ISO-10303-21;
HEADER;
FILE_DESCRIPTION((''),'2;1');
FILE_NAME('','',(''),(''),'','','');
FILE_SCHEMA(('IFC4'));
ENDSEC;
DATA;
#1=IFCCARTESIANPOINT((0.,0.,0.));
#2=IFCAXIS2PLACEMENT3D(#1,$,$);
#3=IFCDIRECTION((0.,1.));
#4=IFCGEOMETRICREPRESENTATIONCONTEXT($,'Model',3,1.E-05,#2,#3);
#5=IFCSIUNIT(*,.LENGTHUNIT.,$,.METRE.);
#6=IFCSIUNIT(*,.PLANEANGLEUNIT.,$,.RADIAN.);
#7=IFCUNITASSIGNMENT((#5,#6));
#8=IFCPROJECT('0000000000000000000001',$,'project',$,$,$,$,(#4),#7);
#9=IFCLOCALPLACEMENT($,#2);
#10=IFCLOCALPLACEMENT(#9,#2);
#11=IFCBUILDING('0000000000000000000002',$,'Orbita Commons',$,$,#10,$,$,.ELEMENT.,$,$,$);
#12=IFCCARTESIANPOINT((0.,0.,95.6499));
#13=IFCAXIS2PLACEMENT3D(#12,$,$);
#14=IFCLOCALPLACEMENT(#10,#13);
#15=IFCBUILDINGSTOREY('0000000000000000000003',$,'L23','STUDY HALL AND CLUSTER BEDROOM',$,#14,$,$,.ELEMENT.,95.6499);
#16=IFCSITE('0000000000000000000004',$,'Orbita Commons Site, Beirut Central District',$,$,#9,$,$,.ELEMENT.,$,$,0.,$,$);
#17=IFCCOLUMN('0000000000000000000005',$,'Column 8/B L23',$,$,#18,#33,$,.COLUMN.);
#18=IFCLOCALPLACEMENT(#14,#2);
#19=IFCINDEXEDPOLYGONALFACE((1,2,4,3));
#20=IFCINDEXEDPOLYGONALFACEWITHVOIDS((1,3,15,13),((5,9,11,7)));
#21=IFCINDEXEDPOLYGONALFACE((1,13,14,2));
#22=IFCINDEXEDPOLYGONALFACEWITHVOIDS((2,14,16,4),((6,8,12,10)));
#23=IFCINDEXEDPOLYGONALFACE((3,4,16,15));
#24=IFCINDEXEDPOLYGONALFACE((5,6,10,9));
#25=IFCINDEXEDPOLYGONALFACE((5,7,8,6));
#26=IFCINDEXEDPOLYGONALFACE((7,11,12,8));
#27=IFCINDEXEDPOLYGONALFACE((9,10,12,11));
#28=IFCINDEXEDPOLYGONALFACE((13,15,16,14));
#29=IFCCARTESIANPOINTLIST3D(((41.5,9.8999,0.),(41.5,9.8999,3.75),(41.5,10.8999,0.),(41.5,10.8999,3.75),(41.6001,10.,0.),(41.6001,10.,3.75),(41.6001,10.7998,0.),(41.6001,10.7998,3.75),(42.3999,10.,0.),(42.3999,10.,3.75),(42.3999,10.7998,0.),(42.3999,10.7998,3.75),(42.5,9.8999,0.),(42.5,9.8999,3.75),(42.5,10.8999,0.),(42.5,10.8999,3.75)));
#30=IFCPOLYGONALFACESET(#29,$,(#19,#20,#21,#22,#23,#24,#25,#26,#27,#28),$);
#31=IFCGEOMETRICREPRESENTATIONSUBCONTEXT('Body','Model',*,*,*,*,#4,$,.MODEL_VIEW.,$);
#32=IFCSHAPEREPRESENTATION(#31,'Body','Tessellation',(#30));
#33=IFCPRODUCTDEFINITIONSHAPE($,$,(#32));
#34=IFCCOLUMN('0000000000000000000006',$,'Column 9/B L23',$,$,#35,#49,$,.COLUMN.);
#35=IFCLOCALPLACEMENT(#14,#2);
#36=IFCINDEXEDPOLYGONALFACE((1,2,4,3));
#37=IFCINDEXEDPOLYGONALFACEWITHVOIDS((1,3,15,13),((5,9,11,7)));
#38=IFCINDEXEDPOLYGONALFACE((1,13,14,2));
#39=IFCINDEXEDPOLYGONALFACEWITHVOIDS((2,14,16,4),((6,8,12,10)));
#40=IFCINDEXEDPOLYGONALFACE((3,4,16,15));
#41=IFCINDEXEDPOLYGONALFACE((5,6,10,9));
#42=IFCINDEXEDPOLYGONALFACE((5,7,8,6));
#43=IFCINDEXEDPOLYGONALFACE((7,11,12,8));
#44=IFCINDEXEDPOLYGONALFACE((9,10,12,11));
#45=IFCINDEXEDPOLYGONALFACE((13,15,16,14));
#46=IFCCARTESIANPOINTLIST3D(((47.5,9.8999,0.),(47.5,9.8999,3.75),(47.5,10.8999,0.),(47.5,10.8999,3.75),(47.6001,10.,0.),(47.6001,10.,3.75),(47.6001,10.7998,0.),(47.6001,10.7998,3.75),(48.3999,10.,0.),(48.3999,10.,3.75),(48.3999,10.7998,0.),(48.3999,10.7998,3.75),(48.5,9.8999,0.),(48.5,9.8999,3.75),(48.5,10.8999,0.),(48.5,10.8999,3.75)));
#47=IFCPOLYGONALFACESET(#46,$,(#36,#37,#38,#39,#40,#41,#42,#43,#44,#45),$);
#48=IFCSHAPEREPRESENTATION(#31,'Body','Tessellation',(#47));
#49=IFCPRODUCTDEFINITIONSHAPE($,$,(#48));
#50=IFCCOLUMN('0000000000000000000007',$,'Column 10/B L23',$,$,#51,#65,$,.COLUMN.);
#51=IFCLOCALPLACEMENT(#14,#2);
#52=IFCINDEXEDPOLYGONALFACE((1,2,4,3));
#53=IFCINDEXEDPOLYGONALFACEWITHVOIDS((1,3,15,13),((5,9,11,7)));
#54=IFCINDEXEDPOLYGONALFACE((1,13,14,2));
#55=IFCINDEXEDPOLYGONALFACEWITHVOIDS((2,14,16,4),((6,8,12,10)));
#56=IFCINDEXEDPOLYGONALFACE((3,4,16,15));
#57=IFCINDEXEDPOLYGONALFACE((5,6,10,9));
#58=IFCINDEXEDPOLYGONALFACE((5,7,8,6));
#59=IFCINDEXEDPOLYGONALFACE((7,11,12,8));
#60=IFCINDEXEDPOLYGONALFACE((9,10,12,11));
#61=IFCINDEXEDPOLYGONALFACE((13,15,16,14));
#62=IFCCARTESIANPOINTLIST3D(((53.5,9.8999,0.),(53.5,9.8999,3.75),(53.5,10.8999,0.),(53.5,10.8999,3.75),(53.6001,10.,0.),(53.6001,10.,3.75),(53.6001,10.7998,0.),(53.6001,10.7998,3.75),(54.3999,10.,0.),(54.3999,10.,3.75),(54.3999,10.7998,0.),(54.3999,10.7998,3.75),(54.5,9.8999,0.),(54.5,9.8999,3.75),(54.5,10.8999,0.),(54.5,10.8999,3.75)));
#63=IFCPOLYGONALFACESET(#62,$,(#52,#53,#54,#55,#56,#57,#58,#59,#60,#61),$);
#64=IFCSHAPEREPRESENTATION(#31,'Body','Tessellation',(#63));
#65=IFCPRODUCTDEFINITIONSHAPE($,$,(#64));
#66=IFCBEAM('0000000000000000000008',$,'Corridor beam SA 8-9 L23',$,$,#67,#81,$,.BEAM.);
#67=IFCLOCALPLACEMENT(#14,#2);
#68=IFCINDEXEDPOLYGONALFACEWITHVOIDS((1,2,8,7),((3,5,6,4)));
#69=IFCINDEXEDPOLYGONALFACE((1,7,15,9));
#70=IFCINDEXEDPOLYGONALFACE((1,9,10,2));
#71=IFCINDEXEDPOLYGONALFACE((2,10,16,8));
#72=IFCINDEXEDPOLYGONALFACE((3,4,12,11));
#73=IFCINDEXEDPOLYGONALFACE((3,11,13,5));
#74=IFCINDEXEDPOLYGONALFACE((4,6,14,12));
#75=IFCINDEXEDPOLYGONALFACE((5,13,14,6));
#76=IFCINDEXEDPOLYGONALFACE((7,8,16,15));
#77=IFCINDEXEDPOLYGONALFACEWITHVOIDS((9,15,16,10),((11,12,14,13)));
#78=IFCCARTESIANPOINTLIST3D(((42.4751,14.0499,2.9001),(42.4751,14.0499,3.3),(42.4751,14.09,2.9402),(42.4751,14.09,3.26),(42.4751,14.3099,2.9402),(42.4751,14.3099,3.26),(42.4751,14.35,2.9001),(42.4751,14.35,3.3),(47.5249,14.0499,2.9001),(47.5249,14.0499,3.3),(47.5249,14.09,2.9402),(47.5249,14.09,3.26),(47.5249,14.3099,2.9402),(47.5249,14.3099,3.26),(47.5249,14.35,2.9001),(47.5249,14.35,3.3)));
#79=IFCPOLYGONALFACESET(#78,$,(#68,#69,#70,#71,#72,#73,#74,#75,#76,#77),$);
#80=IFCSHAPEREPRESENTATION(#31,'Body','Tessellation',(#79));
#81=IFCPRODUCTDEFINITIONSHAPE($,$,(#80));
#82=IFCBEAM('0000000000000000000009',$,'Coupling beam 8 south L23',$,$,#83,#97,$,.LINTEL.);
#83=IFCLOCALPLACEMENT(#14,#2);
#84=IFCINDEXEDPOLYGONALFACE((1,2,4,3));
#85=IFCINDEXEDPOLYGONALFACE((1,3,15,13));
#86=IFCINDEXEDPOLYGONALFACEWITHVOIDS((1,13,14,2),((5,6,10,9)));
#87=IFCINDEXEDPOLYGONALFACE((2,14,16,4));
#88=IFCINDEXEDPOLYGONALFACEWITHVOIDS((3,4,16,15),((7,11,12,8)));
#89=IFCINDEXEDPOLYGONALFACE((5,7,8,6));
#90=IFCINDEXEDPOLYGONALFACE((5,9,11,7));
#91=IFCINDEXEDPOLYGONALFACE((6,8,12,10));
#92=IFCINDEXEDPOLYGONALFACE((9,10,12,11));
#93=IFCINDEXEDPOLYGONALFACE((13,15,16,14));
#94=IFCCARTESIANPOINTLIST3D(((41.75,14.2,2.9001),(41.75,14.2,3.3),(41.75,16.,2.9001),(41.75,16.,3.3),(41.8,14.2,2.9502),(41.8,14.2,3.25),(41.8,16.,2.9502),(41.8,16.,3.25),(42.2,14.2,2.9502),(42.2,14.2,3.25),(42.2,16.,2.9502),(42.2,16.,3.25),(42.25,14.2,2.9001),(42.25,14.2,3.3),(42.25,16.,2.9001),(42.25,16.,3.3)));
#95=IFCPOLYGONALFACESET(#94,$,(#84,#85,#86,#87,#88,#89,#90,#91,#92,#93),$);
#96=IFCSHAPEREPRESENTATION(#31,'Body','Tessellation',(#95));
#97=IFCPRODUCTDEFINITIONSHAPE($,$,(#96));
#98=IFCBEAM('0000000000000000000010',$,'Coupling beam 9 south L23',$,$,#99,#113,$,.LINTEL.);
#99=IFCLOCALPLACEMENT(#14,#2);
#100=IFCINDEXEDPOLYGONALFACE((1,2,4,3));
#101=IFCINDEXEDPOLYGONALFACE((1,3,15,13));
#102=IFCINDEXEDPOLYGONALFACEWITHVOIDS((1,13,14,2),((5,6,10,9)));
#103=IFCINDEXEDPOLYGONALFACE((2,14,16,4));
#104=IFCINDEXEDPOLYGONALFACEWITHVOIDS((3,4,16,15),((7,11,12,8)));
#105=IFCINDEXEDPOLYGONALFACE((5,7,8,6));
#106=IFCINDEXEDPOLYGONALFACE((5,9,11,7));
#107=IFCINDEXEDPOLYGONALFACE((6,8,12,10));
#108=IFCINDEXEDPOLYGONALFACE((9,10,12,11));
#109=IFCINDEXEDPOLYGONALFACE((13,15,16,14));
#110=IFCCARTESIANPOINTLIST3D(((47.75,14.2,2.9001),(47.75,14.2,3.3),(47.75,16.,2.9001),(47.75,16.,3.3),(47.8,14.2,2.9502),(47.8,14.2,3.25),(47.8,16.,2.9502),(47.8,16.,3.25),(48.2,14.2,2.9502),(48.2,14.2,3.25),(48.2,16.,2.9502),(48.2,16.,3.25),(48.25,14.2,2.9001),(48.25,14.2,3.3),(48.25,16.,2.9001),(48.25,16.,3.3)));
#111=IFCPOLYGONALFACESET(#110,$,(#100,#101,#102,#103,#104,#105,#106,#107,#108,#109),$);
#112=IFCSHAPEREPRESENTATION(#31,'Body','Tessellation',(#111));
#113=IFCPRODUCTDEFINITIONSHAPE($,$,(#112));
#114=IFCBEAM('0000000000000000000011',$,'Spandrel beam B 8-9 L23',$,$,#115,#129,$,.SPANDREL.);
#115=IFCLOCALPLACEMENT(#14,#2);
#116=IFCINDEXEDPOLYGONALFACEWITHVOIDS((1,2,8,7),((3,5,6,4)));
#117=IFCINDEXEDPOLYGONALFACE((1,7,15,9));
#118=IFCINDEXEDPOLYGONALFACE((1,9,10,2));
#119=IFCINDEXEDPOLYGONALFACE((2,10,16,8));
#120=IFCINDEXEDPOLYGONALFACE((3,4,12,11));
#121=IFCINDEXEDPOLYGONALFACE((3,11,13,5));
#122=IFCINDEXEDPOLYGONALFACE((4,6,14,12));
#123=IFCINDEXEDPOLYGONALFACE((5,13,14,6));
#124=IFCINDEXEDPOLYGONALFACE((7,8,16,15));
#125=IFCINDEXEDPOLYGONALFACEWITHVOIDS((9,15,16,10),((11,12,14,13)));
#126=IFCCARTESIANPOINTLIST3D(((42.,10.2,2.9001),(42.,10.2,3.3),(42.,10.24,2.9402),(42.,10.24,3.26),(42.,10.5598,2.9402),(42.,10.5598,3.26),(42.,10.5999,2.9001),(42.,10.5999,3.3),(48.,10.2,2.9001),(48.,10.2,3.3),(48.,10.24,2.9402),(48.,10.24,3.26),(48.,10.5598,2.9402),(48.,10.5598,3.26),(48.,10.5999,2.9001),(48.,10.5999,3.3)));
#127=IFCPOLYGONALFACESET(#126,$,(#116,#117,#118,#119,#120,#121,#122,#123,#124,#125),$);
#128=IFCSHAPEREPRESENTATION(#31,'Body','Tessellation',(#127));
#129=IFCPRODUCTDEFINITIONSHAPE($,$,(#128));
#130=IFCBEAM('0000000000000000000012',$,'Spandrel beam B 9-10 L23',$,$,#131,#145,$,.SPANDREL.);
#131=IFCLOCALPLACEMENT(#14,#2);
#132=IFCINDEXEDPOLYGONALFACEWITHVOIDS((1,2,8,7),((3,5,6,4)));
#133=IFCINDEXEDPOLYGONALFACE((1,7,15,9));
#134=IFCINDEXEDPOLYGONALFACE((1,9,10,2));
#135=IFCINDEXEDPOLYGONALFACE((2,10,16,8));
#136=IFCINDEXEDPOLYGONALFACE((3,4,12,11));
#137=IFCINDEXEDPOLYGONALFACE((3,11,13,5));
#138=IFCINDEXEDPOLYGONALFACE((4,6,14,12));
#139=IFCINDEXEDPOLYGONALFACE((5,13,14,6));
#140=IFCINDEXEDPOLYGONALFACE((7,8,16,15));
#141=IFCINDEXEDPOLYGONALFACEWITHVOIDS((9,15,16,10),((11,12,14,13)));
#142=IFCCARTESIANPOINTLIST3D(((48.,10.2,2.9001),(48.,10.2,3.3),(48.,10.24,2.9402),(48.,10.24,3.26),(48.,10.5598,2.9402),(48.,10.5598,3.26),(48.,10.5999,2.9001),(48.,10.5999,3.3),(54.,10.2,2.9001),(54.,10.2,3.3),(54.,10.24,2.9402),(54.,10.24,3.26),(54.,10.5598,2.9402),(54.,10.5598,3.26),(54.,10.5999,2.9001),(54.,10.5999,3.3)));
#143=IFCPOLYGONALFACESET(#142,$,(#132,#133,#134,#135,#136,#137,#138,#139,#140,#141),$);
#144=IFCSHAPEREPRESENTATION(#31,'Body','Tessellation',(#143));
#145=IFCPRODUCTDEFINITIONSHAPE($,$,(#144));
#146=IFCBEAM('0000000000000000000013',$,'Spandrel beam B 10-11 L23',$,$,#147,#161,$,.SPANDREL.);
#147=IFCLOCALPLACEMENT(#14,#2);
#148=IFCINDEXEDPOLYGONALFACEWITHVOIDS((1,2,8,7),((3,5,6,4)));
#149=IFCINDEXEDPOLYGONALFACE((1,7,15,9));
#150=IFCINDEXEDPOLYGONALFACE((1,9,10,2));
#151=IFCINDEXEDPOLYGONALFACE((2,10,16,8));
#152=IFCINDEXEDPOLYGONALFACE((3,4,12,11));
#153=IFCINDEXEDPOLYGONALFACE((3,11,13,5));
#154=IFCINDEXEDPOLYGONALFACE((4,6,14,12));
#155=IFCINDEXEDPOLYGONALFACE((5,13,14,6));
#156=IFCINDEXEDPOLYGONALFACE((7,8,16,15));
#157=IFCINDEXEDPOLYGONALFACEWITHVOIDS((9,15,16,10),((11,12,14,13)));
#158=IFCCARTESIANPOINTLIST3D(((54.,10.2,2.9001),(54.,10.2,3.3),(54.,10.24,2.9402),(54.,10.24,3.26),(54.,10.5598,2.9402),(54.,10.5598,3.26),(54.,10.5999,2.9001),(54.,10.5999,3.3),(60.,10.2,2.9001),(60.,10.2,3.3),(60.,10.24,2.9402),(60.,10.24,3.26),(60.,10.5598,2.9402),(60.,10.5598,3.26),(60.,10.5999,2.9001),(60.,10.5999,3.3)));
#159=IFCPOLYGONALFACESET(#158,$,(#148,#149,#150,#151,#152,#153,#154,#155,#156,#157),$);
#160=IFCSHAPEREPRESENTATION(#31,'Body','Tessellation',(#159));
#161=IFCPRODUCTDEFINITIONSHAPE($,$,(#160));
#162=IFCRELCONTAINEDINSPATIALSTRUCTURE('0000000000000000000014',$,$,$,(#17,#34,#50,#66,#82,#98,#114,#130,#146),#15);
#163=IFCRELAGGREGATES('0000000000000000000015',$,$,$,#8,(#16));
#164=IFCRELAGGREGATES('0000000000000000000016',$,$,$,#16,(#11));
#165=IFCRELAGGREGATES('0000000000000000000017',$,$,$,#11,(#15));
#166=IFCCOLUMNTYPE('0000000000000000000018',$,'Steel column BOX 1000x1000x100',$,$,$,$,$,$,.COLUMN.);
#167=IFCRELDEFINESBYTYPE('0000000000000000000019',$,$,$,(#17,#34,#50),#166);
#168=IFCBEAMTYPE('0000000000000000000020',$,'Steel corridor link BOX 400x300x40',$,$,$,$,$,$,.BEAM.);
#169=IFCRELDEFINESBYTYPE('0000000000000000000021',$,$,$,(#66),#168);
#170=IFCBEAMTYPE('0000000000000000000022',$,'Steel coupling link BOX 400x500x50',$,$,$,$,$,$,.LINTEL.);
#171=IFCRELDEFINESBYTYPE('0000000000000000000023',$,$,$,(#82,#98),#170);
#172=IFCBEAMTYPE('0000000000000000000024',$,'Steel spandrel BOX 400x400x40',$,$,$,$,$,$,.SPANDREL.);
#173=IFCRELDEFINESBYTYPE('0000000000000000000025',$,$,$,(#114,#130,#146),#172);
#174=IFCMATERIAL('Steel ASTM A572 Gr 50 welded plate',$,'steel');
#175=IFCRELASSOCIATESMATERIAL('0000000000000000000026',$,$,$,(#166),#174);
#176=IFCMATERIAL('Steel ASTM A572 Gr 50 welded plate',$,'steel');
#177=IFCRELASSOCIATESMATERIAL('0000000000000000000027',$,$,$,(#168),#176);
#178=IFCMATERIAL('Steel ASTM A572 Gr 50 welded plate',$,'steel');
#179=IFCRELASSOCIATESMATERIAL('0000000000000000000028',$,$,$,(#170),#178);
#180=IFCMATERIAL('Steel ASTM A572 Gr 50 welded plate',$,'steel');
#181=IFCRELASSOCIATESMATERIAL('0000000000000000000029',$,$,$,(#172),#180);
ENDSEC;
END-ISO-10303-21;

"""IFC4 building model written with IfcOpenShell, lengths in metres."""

from ifc_helpers import new_model, si_unit, direction, frame, origin, origin_2d, place, context, subcontext, project, spatial, hollow_rectangle, extrude, material, material_profile, profile_set, type_object, element, save


model = new_model("IFC4")

# Units and contexts
model_context = context("Model", 3, precision=1e-05, world=origin(), true_north=direction((0.0, 1.0)))
body_context = subcontext(model_context, "Body", "Model", "MODEL_VIEW")
ifc_project = project(units=[si_unit("LENGTHUNIT", "METRE"), si_unit("PLANEANGLEUNIT", "RADIAN")], contexts=[model_context])

# Site, building, storey
site_placement = place(None, origin())
site = spatial("IfcSite", under=ifc_project, at=site_placement, Name="Orbita Commons Site, Beirut Central District", CompositionType="ELEMENT", RefElevation=0.0)
building_placement = place(site_placement, origin())
building = spatial("IfcBuilding", under=site, at=building_placement, Name="Orbita Commons", CompositionType="ELEMENT")
storey_placement = place(building_placement, frame((0.0, 0.0, 95.6499)))
storey = spatial("IfcBuildingStorey", under=building, at=storey_placement, Name="L23", Description="STUDY HALL AND CLUSTER BEDROOM", CompositionType="ELEMENT", Elevation=95.6499)

# Columns
ifc_material_1 = material(Name="Steel ASTM A572 Gr 50 welded plate", Category="steel")
ifc_material_profile_1 = material_profile(ifc_material_1, hollow_rectangle(XDim=1.0, YDim=1.0, WallThickness=0.1001, at=origin_2d()), Name="BOX 1000x1000x100")
ifc_profile_set_1 = profile_set([ifc_material_profile_1], Name="Steel ASTM A572 Gr 50 welded plate")
column_type = type_object("IfcColumnType", Name="Steel column BOX 1000x1000x100", PredefinedType="COLUMN", material=ifc_profile_set_1)
for number, where, z_axis, x_axis, name in (
    (1, (42.0, 10.3999, 0.0), (0.0, 0.0, 1.0), (1.0, 0.0, 0.0), "Column 8/B L23"),
    (2, (48.0, 10.3999, 0.0), (0.0, 0.0, 1.0), (1.0, 0.0, 0.0), "Column 9/B L23"),
    (3, (54.0, 10.3999, 0.0), (0.0, 0.0, 1.0), (1.0, 0.0, 0.0), "Column 10/B L23"),
):
    element("IfcColumn", number, at=place(storey_placement, frame(where, z_axis=z_axis, x_axis=x_axis)), inside=storey, type_object=column_type, Name=name, PredefinedType="COLUMN", context=body_context, shape_type="SweptSolid", body=[
        extrude(hollow_rectangle(XDim=1.0, YDim=1.0, WallThickness=0.1001, at=origin_2d()), origin(), (0.0, 0.0, 1.0), 3.75),
    ])

# Beams
ifc_material_2 = material(Name="Steel ASTM A572 Gr 50 welded plate", Category="steel")
ifc_material_profile_2 = material_profile(ifc_material_2, hollow_rectangle(XDim=0.3, YDim=0.3999, WallThickness=0.04, at=origin_2d()), Name="BOX 400x300x40")
ifc_profile_set_2 = profile_set([ifc_material_profile_2], Name="Steel ASTM A572 Gr 50 welded plate")
beam_type_1 = type_object("IfcBeamType", Name="Steel corridor link BOX 400x300x40", PredefinedType="BEAM", material=ifc_profile_set_2)
beam_placement = place(storey_placement, frame((42.4751, 14.2, 3.1001), z_axis=(1.0, 0.0, 0.0), x_axis=(0.0, 1.0, 0.0)))
element("IfcBeam", 4, at=beam_placement, inside=storey, type_object=beam_type_1, Name="Corridor beam SA 8-9 L23", PredefinedType="BEAM", context=body_context, shape_type="SweptSolid", body=[
    extrude(hollow_rectangle(XDim=0.3, YDim=0.3999, WallThickness=0.04, at=origin_2d()), origin(), (0.0, 0.0, 1.0), 5.0498),
])
ifc_material_3 = material(Name="Steel ASTM A572 Gr 50 welded plate", Category="steel")
ifc_material_profile_3 = material_profile(ifc_material_3, hollow_rectangle(XDim=0.5, YDim=0.3999, WallThickness=0.05, at=origin_2d()), Name="BOX 400x500x50")
ifc_profile_set_3 = profile_set([ifc_material_profile_3], Name="Steel ASTM A572 Gr 50 welded plate")
beam_type_2 = type_object("IfcBeamType", Name="Steel coupling link BOX 400x500x50", PredefinedType="LINTEL", material=ifc_profile_set_3)
for number, where, z_axis, x_axis, name in (
    (5, (42.0, 14.2, 3.1001), (0.0, 1.0, 0.0), (-1.0, 0.0, 0.0), "Coupling beam 8 south L23"),
    (6, (48.0, 14.2, 3.1001), (0.0, 1.0, 0.0), (-1.0, 0.0, 0.0), "Coupling beam 9 south L23"),
):
    element("IfcBeam", number, at=place(storey_placement, frame(where, z_axis=z_axis, x_axis=x_axis)), inside=storey, type_object=beam_type_2, Name=name, PredefinedType="LINTEL", context=body_context, shape_type="SweptSolid", body=[
        extrude(hollow_rectangle(XDim=0.5, YDim=0.3999, WallThickness=0.05, at=origin_2d()), origin(), (0.0, 0.0, 1.0), 1.8),
    ])
ifc_material_4 = material(Name="Steel ASTM A572 Gr 50 welded plate", Category="steel")
ifc_material_profile_4 = material_profile(ifc_material_4, hollow_rectangle(XDim=0.3999, YDim=0.3999, WallThickness=0.04, at=origin_2d()), Name="BOX 400x400x40")
ifc_profile_set_4 = profile_set([ifc_material_profile_4], Name="Steel ASTM A572 Gr 50 welded plate")
beam_type_3 = type_object("IfcBeamType", Name="Steel spandrel BOX 400x400x40", PredefinedType="SPANDREL", material=ifc_profile_set_4)
for number, where, z_axis, x_axis, name in (
    (7, (42.0, 10.3999, 3.1001), (1.0, 0.0, 0.0), (0.0, 1.0, 0.0), "Spandrel beam B 8-9 L23"),
    (8, (48.0, 10.3999, 3.1001), (1.0, 0.0, 0.0), (0.0, 1.0, 0.0), "Spandrel beam B 9-10 L23"),
    (9, (54.0, 10.3999, 3.1001), (1.0, 0.0, 0.0), (0.0, 1.0, 0.0), "Spandrel beam B 10-11 L23"),
):
    element("IfcBeam", number, at=place(storey_placement, frame(where, z_axis=z_axis, x_axis=x_axis)), inside=storey, type_object=beam_type_3, Name=name, PredefinedType="SPANDREL", context=body_context, shape_type="SweptSolid", body=[
        extrude(hollow_rectangle(XDim=0.3999, YDim=0.3999, WallThickness=0.04, at=origin_2d()), origin(), (0.0, 0.0, 1.0), 6.0),
    ])

save(model, "model.ifc")
